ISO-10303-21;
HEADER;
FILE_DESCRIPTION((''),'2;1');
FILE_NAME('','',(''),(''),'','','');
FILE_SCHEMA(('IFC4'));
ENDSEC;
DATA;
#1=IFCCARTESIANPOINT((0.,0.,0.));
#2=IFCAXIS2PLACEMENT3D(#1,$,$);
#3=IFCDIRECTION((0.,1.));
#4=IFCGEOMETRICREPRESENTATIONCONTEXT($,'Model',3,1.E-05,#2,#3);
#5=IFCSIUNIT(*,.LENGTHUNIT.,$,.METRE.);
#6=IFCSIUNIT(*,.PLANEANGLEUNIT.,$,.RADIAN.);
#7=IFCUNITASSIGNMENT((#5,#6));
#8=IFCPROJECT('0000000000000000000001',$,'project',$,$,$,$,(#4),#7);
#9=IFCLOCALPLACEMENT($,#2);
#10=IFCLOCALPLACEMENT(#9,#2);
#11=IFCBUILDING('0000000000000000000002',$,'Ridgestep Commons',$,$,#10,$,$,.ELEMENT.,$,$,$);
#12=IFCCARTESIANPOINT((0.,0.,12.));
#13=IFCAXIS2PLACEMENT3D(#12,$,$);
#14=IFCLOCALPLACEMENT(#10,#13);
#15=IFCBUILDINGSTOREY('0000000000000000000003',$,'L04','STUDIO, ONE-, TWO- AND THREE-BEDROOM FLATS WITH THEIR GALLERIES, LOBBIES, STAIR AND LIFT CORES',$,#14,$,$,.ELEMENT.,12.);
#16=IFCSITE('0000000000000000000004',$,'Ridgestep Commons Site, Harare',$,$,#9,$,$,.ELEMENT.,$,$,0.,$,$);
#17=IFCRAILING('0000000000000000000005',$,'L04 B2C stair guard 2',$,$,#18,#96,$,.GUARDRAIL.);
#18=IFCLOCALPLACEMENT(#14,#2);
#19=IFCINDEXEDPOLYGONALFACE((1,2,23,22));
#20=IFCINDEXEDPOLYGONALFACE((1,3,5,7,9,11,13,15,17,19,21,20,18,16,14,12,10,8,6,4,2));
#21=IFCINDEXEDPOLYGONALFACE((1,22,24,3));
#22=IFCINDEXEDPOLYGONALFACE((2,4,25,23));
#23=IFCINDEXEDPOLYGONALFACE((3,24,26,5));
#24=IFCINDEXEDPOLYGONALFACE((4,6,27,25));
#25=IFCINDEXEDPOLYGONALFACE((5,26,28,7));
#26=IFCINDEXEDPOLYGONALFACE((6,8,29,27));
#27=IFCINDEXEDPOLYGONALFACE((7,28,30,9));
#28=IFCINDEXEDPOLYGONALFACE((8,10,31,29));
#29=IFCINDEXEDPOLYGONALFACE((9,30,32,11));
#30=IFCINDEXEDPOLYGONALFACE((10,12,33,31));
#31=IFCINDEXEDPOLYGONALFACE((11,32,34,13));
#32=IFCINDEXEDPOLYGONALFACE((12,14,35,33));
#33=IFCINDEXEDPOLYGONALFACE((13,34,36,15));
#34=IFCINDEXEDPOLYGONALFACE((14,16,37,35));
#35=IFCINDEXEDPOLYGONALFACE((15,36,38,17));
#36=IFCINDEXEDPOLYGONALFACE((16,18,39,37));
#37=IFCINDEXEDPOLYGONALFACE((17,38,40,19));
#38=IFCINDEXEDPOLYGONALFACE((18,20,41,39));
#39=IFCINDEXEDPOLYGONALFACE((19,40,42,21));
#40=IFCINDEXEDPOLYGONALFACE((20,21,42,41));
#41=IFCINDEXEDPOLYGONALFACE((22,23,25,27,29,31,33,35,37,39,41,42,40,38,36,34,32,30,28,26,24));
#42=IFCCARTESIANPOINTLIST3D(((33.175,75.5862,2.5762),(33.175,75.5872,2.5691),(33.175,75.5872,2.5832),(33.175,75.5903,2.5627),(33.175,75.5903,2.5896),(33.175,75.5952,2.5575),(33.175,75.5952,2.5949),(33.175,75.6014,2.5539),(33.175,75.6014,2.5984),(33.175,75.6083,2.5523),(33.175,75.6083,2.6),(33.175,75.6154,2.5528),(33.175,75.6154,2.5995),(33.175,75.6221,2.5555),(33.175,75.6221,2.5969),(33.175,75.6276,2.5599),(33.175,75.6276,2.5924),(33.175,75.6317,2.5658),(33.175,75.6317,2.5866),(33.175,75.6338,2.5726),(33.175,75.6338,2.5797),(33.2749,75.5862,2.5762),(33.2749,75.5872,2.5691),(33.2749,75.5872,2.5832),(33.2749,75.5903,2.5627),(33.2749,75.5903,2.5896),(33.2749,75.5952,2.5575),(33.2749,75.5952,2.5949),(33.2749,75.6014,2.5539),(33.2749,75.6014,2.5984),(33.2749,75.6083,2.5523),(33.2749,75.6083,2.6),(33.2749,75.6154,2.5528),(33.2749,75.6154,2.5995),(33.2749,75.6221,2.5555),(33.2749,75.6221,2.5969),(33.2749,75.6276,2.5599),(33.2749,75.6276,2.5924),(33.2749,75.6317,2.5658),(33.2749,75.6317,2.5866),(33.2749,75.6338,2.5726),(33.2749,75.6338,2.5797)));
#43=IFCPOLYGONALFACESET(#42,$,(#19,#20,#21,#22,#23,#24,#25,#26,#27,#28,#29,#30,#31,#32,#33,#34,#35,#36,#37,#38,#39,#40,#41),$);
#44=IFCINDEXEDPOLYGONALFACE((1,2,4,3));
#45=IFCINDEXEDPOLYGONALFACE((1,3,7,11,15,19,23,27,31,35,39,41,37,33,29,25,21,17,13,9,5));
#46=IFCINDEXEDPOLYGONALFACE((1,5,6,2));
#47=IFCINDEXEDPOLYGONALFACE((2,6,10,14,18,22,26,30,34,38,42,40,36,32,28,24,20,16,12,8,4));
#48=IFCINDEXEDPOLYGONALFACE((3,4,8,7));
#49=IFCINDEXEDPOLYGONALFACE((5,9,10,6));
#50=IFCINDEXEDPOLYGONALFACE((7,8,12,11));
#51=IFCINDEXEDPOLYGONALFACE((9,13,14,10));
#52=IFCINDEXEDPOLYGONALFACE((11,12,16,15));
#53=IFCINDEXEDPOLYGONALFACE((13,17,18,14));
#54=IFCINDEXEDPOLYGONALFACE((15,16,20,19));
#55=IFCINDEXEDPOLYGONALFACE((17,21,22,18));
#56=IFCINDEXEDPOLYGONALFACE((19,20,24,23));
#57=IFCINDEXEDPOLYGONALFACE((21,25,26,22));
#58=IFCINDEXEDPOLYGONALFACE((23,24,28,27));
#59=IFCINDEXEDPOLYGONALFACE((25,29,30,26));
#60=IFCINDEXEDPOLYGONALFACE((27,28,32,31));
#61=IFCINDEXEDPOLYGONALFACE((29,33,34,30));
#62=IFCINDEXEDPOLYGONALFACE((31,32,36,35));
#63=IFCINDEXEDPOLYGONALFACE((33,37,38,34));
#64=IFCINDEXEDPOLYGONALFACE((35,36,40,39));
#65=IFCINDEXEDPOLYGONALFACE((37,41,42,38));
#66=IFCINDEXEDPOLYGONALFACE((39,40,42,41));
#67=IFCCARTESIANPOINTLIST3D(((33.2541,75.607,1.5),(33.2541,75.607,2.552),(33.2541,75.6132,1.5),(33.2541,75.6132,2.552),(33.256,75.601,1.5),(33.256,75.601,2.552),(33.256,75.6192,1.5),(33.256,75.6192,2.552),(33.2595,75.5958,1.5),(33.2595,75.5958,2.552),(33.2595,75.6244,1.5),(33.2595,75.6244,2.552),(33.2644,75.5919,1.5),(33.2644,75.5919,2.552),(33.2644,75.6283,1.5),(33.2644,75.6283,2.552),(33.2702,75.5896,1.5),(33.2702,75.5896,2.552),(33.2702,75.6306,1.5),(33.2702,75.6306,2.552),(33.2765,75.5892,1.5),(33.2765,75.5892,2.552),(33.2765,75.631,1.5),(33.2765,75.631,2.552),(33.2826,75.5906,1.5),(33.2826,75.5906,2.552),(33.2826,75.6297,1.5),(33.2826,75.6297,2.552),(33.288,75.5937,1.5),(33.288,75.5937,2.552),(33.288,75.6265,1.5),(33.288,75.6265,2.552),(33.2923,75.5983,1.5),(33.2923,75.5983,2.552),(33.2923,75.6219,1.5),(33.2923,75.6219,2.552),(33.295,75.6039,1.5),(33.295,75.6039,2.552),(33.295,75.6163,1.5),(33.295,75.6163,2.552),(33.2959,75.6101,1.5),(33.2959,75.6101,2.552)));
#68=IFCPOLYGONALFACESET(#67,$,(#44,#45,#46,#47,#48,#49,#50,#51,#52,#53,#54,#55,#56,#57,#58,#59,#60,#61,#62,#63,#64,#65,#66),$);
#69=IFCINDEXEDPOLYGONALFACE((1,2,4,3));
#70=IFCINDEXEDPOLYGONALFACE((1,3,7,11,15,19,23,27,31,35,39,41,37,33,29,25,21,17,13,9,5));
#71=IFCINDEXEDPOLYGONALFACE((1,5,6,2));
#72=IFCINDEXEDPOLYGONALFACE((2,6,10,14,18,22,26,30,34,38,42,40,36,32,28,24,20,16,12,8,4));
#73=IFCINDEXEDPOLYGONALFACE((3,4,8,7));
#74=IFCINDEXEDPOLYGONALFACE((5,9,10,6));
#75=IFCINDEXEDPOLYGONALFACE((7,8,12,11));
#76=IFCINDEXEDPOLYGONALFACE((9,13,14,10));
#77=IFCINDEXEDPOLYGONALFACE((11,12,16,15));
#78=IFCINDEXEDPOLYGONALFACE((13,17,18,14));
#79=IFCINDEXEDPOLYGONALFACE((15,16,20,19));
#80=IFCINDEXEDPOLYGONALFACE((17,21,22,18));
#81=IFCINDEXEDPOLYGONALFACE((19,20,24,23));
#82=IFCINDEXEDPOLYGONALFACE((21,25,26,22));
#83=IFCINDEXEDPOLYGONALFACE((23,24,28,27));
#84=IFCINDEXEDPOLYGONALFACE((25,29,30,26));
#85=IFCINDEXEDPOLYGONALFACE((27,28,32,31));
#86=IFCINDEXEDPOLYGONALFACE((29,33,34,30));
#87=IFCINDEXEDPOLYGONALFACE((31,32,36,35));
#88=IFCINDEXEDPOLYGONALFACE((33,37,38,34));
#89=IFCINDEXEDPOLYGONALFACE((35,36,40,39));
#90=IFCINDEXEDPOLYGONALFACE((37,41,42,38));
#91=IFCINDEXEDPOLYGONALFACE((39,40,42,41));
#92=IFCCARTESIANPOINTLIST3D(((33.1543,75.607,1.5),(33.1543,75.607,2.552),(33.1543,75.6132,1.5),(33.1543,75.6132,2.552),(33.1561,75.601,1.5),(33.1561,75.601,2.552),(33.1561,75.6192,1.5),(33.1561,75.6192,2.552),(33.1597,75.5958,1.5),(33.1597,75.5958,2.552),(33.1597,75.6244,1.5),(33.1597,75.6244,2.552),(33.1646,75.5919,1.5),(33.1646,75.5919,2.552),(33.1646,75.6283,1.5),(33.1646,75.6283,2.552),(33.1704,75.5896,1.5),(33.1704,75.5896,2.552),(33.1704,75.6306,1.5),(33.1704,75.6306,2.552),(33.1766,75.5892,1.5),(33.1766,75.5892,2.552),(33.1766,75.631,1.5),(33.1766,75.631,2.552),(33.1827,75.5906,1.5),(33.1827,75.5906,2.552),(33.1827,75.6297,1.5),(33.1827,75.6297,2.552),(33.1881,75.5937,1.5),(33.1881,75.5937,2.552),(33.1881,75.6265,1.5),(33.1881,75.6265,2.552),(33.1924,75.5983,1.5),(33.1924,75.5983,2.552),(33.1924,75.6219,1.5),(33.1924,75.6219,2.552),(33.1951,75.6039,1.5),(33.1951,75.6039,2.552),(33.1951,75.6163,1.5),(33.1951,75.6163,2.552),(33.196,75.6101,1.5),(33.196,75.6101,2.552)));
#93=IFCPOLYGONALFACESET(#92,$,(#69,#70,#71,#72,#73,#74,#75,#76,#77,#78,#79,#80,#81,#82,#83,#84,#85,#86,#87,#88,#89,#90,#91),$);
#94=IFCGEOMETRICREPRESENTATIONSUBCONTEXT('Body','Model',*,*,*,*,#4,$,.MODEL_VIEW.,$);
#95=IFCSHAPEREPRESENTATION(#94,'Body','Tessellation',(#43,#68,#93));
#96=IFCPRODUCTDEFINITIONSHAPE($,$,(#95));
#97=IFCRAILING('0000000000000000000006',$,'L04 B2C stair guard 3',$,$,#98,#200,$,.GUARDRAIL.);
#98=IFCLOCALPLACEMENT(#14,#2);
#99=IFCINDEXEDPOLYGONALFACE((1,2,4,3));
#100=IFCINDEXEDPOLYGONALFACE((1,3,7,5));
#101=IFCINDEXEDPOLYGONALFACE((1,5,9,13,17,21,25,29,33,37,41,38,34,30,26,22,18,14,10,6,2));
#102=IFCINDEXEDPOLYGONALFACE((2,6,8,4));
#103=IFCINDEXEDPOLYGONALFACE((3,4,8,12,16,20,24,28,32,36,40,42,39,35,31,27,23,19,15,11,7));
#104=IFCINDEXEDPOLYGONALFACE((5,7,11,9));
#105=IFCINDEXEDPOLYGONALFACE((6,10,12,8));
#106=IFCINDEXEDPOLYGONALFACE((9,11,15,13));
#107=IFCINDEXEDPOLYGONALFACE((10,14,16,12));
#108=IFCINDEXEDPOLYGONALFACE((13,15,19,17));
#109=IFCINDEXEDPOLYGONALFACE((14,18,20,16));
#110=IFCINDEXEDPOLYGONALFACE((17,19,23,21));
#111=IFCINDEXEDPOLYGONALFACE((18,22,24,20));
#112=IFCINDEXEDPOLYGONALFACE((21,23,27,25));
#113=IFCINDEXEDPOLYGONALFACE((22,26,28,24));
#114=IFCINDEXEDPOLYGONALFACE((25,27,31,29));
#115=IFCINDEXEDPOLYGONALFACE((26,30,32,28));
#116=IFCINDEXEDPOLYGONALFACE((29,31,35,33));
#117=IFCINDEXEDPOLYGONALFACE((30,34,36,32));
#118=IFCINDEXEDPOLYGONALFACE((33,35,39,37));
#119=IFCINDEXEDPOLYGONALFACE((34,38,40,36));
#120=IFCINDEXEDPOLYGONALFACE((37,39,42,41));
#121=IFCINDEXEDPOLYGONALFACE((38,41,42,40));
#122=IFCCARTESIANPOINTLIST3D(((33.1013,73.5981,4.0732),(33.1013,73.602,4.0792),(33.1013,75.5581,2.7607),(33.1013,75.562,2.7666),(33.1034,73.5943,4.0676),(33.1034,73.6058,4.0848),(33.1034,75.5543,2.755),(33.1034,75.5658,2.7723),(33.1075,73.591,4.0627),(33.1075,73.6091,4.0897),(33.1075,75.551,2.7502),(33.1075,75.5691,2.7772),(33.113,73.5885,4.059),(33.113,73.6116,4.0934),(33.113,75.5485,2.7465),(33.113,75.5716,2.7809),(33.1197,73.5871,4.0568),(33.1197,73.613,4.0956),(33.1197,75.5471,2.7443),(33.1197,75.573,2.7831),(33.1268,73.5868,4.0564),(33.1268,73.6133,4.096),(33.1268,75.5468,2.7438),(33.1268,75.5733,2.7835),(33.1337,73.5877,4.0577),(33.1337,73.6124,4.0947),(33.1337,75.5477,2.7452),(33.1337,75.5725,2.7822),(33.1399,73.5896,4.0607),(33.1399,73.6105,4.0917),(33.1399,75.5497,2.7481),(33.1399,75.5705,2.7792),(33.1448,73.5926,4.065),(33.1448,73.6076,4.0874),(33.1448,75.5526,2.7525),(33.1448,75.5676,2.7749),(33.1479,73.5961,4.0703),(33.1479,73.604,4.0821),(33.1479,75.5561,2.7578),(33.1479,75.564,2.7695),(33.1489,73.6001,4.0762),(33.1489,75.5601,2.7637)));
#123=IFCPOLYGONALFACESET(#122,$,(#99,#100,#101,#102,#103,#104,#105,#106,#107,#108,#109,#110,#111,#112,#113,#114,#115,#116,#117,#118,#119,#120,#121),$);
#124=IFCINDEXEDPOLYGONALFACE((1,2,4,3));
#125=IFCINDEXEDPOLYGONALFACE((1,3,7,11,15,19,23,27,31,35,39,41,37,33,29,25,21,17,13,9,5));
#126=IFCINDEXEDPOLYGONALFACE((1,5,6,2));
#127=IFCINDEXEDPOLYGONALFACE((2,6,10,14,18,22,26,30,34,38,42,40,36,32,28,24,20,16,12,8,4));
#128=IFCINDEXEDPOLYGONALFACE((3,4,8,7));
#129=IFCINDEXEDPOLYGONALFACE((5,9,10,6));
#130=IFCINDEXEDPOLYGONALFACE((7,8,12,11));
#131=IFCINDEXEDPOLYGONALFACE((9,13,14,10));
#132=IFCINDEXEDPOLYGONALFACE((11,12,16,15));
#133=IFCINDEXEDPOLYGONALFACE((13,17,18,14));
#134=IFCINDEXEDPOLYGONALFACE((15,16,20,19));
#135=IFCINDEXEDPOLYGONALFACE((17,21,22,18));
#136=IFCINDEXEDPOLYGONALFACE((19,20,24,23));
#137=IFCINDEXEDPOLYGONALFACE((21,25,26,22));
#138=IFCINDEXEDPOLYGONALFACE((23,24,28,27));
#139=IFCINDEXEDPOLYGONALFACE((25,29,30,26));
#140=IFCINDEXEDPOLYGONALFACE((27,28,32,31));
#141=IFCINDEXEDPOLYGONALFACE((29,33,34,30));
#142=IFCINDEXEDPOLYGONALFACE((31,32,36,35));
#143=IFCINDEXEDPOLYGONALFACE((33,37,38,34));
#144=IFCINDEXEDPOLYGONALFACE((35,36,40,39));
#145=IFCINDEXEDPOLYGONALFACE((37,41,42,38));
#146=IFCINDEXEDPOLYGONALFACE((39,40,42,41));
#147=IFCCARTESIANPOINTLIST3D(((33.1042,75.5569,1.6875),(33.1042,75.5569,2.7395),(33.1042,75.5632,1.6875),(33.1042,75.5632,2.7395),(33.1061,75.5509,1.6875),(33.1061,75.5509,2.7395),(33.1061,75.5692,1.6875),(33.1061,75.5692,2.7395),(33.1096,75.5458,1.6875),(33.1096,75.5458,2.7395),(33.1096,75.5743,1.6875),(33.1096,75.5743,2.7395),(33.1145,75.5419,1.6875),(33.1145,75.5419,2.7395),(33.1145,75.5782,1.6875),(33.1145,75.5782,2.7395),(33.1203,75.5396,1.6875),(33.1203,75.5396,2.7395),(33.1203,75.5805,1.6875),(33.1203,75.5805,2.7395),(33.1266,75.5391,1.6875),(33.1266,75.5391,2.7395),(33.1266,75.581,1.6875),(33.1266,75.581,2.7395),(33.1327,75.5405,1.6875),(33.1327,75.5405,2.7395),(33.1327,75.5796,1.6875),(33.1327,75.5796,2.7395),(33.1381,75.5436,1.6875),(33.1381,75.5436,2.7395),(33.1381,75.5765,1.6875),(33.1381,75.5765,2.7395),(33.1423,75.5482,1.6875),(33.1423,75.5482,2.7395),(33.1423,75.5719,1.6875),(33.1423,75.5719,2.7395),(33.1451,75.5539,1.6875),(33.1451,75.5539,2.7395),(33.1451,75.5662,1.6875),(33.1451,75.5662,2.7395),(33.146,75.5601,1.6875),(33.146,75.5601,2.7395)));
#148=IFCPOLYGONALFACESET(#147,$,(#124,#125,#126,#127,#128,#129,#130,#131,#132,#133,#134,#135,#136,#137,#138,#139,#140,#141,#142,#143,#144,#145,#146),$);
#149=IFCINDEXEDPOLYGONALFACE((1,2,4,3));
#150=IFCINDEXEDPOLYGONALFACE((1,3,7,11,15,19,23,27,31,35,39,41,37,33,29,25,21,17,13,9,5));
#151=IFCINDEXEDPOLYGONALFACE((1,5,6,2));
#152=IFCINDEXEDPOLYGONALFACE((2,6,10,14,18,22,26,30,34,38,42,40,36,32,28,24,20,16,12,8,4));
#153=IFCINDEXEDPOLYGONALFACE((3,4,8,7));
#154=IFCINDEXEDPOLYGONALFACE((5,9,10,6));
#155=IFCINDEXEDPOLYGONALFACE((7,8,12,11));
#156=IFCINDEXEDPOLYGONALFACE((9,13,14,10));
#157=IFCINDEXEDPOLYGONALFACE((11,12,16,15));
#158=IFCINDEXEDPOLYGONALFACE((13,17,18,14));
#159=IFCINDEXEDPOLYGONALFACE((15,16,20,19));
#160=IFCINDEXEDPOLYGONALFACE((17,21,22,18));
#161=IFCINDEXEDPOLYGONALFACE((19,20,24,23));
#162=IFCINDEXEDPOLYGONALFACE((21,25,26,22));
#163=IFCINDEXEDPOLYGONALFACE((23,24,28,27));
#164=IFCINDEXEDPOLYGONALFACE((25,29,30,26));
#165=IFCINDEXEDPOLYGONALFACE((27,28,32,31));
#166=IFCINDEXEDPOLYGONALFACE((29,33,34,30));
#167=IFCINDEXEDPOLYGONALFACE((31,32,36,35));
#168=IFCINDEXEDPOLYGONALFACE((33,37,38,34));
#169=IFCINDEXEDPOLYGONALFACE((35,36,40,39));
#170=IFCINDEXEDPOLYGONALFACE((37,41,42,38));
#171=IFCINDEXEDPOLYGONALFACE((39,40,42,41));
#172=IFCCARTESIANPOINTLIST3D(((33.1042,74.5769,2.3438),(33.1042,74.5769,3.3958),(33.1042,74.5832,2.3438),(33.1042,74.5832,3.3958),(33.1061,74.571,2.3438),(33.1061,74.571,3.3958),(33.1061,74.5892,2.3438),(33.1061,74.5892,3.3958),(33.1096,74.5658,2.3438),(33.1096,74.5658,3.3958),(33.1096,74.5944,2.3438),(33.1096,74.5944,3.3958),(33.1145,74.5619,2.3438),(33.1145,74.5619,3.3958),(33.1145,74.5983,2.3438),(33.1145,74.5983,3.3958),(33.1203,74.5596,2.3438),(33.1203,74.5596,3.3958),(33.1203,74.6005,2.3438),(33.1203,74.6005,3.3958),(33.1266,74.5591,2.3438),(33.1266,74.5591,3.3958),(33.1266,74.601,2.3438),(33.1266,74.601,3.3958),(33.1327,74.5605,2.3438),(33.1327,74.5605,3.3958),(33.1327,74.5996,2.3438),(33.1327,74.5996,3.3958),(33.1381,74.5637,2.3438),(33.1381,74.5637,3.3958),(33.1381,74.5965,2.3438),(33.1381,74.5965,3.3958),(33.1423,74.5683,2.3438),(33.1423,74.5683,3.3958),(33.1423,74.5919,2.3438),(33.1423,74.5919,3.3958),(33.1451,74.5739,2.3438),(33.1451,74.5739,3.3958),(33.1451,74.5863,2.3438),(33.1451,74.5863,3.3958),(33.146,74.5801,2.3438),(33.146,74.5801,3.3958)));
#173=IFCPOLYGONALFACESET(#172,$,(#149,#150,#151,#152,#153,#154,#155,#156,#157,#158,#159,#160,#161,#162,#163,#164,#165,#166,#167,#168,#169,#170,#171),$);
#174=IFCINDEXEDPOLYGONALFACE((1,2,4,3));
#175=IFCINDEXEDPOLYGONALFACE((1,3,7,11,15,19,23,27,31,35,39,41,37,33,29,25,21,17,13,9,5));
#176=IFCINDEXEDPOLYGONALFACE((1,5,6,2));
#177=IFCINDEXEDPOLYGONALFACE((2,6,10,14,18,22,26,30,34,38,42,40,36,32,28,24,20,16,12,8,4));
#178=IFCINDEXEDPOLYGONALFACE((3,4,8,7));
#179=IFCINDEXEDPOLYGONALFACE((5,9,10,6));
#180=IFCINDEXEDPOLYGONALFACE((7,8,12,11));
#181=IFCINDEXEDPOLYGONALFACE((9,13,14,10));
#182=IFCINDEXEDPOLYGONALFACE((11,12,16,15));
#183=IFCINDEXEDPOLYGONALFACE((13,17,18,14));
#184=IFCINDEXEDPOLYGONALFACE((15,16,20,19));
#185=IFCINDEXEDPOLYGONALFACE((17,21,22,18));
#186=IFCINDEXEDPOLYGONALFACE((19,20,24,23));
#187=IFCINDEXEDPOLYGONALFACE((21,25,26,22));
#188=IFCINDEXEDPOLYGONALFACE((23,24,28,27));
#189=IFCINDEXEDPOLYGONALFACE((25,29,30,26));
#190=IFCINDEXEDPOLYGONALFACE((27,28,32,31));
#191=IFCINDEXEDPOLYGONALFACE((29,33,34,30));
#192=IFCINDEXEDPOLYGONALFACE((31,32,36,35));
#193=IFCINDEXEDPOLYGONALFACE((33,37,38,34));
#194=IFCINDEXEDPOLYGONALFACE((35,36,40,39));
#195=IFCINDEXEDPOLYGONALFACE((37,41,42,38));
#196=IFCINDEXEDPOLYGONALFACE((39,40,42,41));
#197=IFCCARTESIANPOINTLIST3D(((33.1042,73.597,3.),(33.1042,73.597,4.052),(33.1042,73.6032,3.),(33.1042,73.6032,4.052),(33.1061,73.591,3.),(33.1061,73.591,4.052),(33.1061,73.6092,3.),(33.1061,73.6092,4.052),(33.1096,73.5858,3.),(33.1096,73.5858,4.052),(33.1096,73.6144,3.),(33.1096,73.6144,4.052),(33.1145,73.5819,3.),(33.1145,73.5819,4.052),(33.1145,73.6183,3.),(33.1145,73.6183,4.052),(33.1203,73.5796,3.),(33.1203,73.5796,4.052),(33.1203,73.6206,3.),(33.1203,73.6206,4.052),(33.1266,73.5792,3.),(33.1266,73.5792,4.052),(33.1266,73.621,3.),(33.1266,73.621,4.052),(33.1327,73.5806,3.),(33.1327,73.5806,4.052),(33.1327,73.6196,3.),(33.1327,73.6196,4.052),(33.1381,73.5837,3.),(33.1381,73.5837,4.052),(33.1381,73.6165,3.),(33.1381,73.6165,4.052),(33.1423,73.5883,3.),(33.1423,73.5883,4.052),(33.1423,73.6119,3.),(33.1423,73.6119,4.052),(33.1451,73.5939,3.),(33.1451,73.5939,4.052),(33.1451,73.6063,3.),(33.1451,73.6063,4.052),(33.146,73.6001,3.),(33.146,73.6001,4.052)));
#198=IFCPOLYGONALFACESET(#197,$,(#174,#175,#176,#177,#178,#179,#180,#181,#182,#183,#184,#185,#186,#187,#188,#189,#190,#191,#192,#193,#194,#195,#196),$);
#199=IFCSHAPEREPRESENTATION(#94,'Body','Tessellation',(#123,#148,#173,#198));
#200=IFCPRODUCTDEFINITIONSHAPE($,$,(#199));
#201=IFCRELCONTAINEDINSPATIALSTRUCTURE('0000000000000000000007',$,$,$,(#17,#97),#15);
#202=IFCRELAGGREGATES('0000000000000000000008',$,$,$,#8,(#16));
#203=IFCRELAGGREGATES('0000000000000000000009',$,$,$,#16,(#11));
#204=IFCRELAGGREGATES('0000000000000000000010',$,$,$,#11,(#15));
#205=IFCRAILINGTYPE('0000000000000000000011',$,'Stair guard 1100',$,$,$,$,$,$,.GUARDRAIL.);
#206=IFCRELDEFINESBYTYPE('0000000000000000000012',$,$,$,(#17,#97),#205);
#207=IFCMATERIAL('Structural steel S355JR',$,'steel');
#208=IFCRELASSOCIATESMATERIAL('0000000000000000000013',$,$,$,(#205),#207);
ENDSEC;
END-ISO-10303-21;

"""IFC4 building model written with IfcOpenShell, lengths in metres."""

from ifc_helpers import new_model, si_unit, direction, frame, origin, origin_2d, place, context, subcontext, project, spatial, circle, extrude, material, type_object, element, save


model = new_model("IFC4")

# Units and contexts
model_context = context("Model", 3, precision=1e-05, world=origin(), true_north=direction((0.0, 1.0)))
body_context = subcontext(model_context, "Body", "Model", "MODEL_VIEW")
ifc_project = project(units=[si_unit("LENGTHUNIT", "METRE"), si_unit("PLANEANGLEUNIT", "RADIAN")], contexts=[model_context])

# Site, building, storey
site_placement = place(None, origin())
site = spatial("IfcSite", under=ifc_project, at=site_placement, Name="Ridgestep Commons Site, Harare", CompositionType="ELEMENT", RefElevation=0.0)
building_placement = place(site_placement, origin())
building = spatial("IfcBuilding", under=site, at=building_placement, Name="Ridgestep Commons", CompositionType="ELEMENT")
storey_placement = place(building_placement, frame((0.0, 0.0, 12.0)))
storey = spatial("IfcBuildingStorey", under=building, at=storey_placement, Name="L04", Description="STUDIO, ONE-, TWO- AND THREE-BEDROOM FLATS WITH THEIR GALLERIES, LOBBIES, STAIR AND LIFT CORES", CompositionType="ELEMENT", Elevation=12.0)

# Railings
ifc_material_1 = material(Name="Structural steel S355JR", Category="steel")
railing_type_1 = type_object("IfcRailingType", Name="Stair guard 1100", PredefinedType="GUARDRAIL", material=ifc_material_1)
railing_1_placement = place(storey_placement, frame((33.2749, 75.6101, 1.5)))
element("IfcRailing", 1, at=railing_1_placement, inside=storey, type_object=railing_type_1, Name="L04 B2C stair guard 2", PredefinedType="GUARDRAIL", context=body_context, shape_type="SweptSolid", body=[
    extrude(circle(Radius=0.0239, at=origin_2d()), frame((0.0, 0.0, 1.0762), z_axis=(-1.0, 0.0, 0.0), x_axis=(0.0, -1.0, 0.0)), (0.0, 0.0, 1.0), 0.0999),
    extrude(circle(Radius=0.021, at=origin_2d()), origin(), (0.0, 0.0, 1.0), 1.052),
    extrude(circle(Radius=0.021, at=origin_2d()), frame((-0.0999, 0.0, 0.0)), (0.0, 0.0, 1.0), 1.052),
])
railing_2_placement = place(storey_placement, frame((33.125, 75.5601, 1.6875)))
element("IfcRailing", 2, at=railing_2_placement, inside=storey, type_object=railing_type_1, Name="L04 B2C stair guard 3", PredefinedType="GUARDRAIL", context=body_context, shape_type="SweptSolid", body=[
    extrude(circle(Radius=0.0239, at=origin_2d()), frame((0.0, 0.0, 1.0762), z_axis=(0.0, -0.830902, 0.556419), x_axis=(1.0, 0.0, 0.0)), (0.0, 0.0, 1.0), 2.3589),
    extrude(circle(Radius=0.021, at=origin_2d()), origin(), (0.0, 0.0, 1.0), 1.052),
    extrude(circle(Radius=0.021, at=origin_2d()), frame((0.0, -0.98, 0.6562)), (0.0, 0.0, 1.0), 1.052),
    extrude(circle(Radius=0.021, at=origin_2d()), frame((0.0, -1.96, 1.3125)), (0.0, 0.0, 1.0), 1.052),
])

save(model, "model.ifc")
